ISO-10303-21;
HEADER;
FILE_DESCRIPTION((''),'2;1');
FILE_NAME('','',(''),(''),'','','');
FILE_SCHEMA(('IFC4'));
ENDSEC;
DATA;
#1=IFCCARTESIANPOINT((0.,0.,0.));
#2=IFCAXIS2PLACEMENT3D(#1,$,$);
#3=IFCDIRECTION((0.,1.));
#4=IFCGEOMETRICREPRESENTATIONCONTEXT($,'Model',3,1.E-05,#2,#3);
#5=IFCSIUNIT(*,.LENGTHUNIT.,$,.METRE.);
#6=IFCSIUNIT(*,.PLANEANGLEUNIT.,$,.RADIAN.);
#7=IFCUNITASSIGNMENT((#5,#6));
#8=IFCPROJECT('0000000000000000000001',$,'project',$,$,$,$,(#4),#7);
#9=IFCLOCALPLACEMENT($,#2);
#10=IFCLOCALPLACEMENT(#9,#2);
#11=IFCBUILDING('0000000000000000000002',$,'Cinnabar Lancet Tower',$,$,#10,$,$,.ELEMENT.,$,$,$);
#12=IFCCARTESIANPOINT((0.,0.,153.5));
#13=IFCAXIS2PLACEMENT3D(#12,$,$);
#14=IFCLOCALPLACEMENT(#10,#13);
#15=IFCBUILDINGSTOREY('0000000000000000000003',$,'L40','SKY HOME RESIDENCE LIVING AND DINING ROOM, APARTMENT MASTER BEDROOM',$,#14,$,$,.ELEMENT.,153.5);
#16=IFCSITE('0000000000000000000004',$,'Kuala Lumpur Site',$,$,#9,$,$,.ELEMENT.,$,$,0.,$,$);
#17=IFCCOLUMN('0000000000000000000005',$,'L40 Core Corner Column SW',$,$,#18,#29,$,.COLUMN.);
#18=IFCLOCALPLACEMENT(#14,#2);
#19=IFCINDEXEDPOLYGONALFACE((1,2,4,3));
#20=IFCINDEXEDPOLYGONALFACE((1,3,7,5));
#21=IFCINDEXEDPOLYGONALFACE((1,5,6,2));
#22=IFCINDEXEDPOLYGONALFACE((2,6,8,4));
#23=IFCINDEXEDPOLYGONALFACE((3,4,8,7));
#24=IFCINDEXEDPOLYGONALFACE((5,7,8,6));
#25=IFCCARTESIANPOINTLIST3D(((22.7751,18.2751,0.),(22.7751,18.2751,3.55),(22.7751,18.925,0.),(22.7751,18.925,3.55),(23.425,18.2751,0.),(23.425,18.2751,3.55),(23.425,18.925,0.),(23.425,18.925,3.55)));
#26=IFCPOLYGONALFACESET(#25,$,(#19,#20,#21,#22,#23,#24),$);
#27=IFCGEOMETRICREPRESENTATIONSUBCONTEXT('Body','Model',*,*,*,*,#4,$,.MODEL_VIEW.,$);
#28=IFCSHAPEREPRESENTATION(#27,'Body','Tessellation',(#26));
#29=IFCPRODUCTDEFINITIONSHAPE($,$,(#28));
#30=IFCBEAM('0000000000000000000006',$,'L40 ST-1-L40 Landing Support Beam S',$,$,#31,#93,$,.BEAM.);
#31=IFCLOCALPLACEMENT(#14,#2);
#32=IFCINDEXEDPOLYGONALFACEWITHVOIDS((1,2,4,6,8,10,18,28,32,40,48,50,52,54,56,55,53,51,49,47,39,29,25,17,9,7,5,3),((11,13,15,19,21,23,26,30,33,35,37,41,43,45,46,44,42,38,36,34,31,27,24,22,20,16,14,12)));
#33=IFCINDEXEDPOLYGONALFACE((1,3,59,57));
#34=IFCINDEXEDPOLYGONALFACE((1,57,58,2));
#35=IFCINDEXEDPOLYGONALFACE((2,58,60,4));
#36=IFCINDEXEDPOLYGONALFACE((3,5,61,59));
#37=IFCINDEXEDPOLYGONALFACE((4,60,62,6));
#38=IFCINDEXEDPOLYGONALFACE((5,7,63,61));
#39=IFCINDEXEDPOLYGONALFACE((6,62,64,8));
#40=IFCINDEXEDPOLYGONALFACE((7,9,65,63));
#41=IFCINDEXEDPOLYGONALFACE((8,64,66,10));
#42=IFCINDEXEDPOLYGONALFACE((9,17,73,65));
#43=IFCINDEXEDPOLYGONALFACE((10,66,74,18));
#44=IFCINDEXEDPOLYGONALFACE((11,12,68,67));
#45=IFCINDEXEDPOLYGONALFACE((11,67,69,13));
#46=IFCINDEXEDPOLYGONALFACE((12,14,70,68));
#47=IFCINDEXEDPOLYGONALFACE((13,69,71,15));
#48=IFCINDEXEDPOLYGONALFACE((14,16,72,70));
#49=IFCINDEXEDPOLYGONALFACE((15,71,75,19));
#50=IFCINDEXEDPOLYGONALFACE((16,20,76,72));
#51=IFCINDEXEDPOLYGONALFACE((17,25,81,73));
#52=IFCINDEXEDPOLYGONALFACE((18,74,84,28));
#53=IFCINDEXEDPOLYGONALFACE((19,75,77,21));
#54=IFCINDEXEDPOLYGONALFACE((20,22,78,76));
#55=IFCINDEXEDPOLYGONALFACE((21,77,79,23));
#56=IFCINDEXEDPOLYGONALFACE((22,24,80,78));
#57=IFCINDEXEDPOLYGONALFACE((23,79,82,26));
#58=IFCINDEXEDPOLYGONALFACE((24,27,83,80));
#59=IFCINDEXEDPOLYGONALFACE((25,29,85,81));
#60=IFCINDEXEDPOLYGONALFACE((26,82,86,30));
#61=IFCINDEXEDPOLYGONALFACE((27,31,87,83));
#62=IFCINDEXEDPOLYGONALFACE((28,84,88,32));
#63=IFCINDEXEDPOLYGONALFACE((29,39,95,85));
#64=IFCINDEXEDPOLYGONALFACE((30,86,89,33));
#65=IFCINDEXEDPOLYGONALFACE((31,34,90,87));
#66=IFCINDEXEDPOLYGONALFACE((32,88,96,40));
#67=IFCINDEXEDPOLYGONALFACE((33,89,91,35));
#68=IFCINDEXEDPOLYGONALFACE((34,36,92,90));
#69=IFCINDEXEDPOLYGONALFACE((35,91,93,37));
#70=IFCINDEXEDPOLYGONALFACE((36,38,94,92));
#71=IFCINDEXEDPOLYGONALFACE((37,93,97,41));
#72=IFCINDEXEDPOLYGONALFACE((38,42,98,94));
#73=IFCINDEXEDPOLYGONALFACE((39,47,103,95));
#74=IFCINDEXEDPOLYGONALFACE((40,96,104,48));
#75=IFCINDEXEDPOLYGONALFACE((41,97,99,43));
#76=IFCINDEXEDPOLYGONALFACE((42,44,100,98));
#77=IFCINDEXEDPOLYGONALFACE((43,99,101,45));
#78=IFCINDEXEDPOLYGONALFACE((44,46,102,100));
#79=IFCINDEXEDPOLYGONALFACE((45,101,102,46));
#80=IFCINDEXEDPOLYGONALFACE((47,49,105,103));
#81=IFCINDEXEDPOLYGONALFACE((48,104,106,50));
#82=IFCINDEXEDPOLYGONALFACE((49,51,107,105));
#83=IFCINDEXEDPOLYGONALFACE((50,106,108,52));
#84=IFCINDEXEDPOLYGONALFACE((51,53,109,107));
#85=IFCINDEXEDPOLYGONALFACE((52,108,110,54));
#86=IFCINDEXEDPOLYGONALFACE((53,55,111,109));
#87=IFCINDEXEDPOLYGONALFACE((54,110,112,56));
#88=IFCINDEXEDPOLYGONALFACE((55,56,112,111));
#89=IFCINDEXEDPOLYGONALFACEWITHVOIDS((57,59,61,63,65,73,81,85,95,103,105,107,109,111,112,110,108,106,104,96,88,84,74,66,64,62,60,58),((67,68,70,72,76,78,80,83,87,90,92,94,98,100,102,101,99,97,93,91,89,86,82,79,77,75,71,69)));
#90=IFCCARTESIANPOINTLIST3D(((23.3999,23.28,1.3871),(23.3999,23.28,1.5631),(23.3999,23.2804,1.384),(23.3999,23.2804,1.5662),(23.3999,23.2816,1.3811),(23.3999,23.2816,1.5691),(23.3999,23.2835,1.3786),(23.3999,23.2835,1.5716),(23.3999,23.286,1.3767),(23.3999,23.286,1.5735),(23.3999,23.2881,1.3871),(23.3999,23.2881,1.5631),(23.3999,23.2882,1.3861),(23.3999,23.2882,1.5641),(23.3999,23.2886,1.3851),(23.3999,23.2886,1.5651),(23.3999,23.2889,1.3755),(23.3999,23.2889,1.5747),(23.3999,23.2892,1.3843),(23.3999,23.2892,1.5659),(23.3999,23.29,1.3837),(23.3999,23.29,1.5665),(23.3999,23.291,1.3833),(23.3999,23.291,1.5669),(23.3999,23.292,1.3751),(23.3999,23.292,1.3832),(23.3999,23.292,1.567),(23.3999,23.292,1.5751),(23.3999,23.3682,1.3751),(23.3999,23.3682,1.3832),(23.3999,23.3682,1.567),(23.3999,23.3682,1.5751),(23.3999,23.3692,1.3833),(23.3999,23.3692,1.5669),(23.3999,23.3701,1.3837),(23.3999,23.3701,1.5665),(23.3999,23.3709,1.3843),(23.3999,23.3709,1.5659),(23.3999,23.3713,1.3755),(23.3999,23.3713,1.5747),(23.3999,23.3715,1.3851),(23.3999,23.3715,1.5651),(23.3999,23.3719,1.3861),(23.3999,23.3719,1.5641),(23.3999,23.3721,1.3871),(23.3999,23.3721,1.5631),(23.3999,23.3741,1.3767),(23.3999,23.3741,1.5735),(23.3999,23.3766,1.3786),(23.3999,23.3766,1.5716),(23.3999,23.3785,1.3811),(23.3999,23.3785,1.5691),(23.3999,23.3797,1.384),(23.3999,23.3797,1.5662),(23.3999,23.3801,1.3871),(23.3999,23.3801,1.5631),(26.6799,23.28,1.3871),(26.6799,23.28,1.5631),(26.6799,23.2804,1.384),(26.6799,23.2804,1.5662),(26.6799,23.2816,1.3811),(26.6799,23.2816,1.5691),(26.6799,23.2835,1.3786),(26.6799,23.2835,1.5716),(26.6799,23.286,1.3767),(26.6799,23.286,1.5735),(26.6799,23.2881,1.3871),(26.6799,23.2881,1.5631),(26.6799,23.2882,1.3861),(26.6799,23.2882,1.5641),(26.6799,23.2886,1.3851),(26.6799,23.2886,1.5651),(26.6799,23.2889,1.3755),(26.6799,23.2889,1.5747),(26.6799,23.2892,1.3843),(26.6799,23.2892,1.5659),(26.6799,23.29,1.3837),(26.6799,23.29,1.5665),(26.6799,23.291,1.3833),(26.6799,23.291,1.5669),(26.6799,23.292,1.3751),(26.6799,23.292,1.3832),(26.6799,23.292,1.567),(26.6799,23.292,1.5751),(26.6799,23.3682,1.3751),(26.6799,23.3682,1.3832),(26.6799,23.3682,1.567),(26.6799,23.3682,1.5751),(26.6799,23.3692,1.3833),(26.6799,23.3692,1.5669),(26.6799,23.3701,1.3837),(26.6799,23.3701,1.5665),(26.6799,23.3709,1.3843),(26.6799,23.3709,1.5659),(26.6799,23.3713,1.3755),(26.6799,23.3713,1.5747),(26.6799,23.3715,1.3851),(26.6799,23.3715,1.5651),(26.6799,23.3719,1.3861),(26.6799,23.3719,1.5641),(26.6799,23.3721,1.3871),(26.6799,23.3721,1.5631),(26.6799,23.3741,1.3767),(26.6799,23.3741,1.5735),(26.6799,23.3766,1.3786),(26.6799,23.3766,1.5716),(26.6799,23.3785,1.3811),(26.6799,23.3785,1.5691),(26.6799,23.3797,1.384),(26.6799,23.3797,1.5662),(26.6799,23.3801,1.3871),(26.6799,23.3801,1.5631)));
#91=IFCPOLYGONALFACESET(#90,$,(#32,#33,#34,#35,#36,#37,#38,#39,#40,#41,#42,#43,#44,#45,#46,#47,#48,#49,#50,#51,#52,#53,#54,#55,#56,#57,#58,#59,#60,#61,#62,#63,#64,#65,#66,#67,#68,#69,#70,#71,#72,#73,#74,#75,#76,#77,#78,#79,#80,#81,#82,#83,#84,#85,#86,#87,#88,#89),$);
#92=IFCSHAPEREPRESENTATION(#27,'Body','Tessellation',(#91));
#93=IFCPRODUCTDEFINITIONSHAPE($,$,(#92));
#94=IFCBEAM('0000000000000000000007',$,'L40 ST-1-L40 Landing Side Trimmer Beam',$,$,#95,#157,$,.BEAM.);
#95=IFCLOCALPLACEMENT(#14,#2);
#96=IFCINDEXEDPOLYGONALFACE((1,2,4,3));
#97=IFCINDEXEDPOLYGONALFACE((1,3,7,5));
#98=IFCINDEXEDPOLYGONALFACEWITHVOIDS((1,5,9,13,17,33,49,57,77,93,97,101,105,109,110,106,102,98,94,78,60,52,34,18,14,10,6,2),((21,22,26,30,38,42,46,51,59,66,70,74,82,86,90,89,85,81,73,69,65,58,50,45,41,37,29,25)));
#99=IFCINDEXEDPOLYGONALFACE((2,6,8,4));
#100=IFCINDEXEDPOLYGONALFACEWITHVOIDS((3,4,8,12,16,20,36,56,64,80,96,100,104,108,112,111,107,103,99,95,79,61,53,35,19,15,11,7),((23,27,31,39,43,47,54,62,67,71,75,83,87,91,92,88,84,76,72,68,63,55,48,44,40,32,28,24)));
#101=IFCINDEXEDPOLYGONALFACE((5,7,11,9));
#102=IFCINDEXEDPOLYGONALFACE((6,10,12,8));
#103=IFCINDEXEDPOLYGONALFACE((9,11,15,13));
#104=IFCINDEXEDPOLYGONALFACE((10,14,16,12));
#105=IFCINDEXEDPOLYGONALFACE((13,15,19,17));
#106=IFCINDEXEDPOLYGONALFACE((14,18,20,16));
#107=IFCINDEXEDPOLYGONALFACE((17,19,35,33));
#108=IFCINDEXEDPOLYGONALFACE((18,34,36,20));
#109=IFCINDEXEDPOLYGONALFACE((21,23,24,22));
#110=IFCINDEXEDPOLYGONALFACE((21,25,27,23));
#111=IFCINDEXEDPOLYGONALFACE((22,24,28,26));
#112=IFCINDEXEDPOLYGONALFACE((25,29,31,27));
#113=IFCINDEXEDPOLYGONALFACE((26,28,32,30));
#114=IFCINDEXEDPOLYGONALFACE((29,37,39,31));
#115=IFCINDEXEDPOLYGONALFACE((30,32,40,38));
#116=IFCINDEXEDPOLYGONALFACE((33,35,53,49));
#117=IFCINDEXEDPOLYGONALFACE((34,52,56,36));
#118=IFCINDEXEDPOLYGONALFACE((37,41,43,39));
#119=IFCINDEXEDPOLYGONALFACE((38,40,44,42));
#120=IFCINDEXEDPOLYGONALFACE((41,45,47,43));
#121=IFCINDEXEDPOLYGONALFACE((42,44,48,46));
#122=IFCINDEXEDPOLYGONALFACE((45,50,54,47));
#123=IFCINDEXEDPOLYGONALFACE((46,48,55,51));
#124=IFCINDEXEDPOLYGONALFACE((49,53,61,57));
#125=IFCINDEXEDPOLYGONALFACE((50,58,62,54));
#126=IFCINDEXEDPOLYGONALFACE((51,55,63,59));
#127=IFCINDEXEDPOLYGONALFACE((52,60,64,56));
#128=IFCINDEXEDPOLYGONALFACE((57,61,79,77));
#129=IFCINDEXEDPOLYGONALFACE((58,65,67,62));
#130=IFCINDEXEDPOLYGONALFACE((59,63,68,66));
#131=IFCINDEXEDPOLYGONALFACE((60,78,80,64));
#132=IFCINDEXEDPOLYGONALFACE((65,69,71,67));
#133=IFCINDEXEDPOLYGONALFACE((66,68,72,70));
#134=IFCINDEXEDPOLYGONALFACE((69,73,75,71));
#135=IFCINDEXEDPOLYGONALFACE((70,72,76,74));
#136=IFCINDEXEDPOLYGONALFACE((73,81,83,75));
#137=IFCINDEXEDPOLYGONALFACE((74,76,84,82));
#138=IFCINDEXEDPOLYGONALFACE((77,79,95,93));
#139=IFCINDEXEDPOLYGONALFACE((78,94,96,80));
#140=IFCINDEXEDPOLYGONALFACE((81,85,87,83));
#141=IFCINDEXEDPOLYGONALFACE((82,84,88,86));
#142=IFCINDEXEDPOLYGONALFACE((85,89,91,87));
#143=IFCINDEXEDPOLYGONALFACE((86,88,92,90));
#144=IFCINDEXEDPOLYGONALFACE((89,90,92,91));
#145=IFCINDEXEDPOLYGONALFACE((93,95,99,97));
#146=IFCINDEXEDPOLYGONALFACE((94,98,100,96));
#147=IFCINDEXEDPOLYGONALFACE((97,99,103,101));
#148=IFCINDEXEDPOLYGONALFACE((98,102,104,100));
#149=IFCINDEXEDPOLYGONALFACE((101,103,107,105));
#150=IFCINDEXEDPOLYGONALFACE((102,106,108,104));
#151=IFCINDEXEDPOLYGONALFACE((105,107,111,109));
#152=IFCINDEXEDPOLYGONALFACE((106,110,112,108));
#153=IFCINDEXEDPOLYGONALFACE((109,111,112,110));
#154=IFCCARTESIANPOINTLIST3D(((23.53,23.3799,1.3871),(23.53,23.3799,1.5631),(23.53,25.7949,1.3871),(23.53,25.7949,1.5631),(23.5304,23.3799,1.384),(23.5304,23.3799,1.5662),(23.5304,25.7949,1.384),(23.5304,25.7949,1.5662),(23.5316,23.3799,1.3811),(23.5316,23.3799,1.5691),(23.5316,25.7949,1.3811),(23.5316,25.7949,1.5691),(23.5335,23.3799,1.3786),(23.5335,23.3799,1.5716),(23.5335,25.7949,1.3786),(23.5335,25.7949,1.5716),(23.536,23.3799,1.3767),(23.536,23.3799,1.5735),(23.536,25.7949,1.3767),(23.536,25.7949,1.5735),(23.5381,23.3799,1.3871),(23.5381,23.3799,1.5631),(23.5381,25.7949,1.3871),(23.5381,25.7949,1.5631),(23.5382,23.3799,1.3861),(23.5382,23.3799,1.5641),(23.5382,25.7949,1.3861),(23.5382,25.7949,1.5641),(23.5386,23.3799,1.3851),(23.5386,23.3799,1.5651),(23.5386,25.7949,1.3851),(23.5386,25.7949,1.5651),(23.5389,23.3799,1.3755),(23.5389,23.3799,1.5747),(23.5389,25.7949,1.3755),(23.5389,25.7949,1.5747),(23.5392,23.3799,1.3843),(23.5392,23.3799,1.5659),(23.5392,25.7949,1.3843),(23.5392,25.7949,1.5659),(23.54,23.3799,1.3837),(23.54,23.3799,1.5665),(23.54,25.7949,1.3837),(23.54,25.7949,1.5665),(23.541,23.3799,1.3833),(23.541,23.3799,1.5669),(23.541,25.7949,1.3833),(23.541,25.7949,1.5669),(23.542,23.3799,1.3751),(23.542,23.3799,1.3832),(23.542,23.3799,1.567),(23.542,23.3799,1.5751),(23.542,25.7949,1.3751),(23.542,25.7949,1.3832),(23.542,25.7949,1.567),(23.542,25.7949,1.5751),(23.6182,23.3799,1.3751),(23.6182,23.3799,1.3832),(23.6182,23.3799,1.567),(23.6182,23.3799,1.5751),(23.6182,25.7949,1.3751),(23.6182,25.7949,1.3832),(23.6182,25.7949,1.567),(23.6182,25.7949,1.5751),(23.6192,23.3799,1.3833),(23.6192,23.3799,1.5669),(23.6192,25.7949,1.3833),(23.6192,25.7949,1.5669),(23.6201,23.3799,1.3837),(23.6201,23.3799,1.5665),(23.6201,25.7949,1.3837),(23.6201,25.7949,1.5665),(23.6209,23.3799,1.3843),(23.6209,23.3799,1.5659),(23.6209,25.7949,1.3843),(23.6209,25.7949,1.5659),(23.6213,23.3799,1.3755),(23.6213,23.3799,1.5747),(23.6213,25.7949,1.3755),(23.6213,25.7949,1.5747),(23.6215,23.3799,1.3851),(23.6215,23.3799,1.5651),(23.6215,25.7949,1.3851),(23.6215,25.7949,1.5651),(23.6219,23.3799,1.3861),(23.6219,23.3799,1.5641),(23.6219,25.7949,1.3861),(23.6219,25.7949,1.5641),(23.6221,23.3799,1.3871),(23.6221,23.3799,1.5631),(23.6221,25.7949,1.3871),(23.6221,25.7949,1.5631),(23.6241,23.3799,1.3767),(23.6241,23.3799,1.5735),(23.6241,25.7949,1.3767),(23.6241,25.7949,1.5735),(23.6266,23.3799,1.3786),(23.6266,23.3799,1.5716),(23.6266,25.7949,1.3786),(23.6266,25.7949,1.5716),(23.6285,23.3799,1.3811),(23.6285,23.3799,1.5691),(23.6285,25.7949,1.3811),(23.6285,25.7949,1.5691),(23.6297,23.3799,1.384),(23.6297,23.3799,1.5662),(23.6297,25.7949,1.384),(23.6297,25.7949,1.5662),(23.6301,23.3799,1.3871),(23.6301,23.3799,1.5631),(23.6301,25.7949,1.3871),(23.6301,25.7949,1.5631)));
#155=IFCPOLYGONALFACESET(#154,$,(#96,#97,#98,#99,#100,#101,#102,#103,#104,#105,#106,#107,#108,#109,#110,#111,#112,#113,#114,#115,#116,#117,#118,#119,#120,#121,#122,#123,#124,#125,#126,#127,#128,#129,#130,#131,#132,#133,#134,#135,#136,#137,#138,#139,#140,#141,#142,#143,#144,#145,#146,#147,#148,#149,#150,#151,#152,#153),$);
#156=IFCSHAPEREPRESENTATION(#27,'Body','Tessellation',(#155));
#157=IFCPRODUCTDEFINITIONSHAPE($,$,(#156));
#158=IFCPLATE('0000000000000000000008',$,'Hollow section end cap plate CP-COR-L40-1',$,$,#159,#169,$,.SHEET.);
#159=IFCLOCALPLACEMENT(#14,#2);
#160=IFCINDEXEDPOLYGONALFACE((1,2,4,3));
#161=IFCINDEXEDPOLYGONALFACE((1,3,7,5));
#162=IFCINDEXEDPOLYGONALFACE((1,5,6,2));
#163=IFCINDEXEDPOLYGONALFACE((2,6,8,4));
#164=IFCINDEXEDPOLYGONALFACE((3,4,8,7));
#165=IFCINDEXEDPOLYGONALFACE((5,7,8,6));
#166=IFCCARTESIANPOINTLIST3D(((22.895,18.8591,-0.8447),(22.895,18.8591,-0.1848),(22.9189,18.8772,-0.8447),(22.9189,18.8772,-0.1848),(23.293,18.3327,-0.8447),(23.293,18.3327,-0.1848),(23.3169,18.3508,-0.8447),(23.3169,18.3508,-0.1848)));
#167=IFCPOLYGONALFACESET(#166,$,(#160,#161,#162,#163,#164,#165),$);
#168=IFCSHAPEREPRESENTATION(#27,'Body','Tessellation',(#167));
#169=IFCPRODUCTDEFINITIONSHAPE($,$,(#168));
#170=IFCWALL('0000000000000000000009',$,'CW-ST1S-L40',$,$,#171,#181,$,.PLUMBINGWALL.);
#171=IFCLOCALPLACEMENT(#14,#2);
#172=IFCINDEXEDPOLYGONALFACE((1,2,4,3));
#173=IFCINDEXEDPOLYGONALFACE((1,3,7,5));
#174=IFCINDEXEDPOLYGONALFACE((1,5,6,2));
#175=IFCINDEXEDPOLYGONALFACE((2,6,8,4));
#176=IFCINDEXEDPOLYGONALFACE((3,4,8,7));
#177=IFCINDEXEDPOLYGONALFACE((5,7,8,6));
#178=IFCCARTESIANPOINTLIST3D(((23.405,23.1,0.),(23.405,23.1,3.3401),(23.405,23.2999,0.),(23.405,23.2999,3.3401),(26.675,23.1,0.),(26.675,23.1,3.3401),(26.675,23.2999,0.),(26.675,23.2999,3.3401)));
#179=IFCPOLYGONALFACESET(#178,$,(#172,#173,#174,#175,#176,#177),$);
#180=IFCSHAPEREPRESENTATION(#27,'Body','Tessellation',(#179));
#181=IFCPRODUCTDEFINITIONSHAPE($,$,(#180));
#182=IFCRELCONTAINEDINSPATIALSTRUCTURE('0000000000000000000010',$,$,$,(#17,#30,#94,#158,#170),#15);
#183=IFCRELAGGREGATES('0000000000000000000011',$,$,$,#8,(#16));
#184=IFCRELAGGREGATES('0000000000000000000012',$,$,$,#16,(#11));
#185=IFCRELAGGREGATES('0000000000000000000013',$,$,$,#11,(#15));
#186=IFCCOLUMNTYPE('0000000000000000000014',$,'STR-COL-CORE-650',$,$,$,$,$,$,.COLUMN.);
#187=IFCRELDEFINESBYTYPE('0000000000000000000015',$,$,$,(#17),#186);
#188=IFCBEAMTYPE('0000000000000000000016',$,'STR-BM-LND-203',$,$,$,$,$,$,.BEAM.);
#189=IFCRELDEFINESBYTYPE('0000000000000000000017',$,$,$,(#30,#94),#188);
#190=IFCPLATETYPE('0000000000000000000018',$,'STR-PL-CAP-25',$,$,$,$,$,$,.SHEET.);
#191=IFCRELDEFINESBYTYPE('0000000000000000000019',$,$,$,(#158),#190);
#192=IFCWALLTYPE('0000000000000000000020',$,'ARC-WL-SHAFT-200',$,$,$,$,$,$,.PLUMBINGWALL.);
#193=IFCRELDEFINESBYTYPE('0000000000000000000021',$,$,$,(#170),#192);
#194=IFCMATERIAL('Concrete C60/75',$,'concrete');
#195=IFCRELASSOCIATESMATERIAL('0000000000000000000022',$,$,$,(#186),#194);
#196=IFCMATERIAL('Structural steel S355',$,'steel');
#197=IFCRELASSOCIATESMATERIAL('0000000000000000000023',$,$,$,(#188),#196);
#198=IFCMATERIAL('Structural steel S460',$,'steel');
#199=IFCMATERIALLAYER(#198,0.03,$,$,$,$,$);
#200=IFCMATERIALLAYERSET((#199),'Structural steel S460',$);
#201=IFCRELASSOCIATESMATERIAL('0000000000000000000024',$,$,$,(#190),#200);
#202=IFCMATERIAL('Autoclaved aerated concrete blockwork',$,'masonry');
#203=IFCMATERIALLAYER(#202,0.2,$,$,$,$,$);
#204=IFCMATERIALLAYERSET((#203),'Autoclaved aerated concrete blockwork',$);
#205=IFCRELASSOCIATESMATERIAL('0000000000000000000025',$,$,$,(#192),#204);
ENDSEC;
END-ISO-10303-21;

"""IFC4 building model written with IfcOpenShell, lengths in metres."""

from ifc_helpers import new_model, si_unit, direction, frame, frame_2d, origin, origin_2d, place, context, subcontext, project, spatial, rectangle, hollow_rectangle, extrude, material, layer, layer_set, material_profile, profile_set, type_object, element, save


model = new_model("IFC4")

# Units and contexts
model_context = context("Model", 3, precision=1e-05, world=origin(), true_north=direction((0.0, 1.0)))
body_context = subcontext(model_context, "Body", "Model", "MODEL_VIEW")
ifc_project = project(units=[si_unit("LENGTHUNIT", "METRE"), si_unit("PLANEANGLEUNIT", "RADIAN")], contexts=[model_context])

# Site, building, storey
site_placement = place(None, origin())
site = spatial("IfcSite", under=ifc_project, at=site_placement, Name="Kuala Lumpur Site", CompositionType="ELEMENT", RefElevation=0.0)
building_placement = place(site_placement, origin())
building = spatial("IfcBuilding", under=site, at=building_placement, Name="Cinnabar Lancet Tower", CompositionType="ELEMENT")
storey_placement = place(building_placement, frame((0.0, 0.0, 153.5)))
storey = spatial("IfcBuildingStorey", under=building, at=storey_placement, Name="L40", Description="SKY HOME RESIDENCE LIVING AND DINING ROOM, APARTMENT MASTER BEDROOM", CompositionType="ELEMENT", Elevation=153.5)

# Column
ifc_material_1 = material(Name="Concrete C60/75", Category="concrete")
ifc_material_profile_1 = material_profile(ifc_material_1, rectangle(XDim=0.6499, YDim=0.6499, at=origin_2d()), Name="RC-COL 650x650")
ifc_profile_set_1 = profile_set([ifc_material_profile_1], Name="Concrete C60/75")
column_type = type_object("IfcColumnType", Name="STR-COL-CORE-650", PredefinedType="COLUMN", material=ifc_profile_set_1)
column_placement = place(storey_placement, frame((23.1001, 18.6001, 0.0), z_axis=(0.0, 0.0, 1.0), x_axis=(1.0, 0.0, 0.0)))
element("IfcColumn", 1, at=column_placement, inside=storey, type_object=column_type, Name="L40 Core Corner Column SW", PredefinedType="COLUMN", context=body_context, shape_type="SweptSolid", body=[
    extrude(rectangle(XDim=0.6499, YDim=0.6499, at=origin_2d()), origin(), (0.0, 0.0, 1.0), 3.55),
])

# Beams
ifc_material_2 = material(Name="Structural steel S355", Category="steel")
ifc_material_profile_2 = material_profile(ifc_material_2, hollow_rectangle(XDim=0.1001, YDim=0.2, WallThickness=0.0081, InnerFilletRadius=0.0039, OuterFilletRadius=0.012, at=origin_2d()), Name="RHS 200x100x8")
ifc_profile_set_2 = profile_set([ifc_material_profile_2], Name="Structural steel S355")
beam_type = type_object("IfcBeamType", Name="STR-BM-LND-203", PredefinedType="BEAM", material=ifc_profile_set_2)
beam_1_placement = place(storey_placement, frame((23.3999, 23.3301, 1.4751), z_axis=(1.0, 0.0, 0.0), x_axis=(0.0, 1.0, 0.0)))
element("IfcBeam", 2, at=beam_1_placement, inside=storey, type_object=beam_type, Name="L40 ST-1-L40 Landing Support Beam S", PredefinedType="BEAM", context=body_context, shape_type="SweptSolid", body=[
    extrude(hollow_rectangle(XDim=0.1001, YDim=0.2, WallThickness=0.0081, InnerFilletRadius=0.0039, OuterFilletRadius=0.012, at=origin_2d()), origin(), (0.0, 0.0, 1.0), 3.28),
])
beam_2_placement = place(storey_placement, frame((23.5801, 23.3799, 1.4751), z_axis=(0.0, 1.0, 0.0), x_axis=(-1.0, 0.0, 0.0)))
element("IfcBeam", 3, at=beam_2_placement, inside=storey, type_object=beam_type, Name="L40 ST-1-L40 Landing Side Trimmer Beam", PredefinedType="BEAM", context=body_context, shape_type="SweptSolid", body=[
    extrude(hollow_rectangle(XDim=0.1001, YDim=0.2, WallThickness=0.0081, InnerFilletRadius=0.0039, OuterFilletRadius=0.012, at=origin_2d()), origin(), (0.0, 0.0, 1.0), 2.415),
])

# Plate
ifc_material_3 = material(Name="Structural steel S460", Category="steel")
ifc_layer_1 = layer(ifc_material_3, 0.03)
ifc_layer_set_1 = layer_set([ifc_layer_1], Name="Structural steel S460")
plate_type = type_object("IfcPlateType", Name="STR-PL-CAP-25", PredefinedType="SHEET", material=ifc_layer_set_1)
plate_placement = place(storey_placement, frame((23.106, 18.605, -0.8447), z_axis=(0.0, 0.0, 1.0), x_axis=(0.797679, 0.603083, 0.0)))
element("IfcPlate", 4, at=plate_placement, inside=storey, type_object=plate_type, Name="Hollow section end cap plate CP-COR-L40-1", PredefinedType="SHEET", context=body_context, shape_type="SweptSolid", body=[
    extrude(rectangle(XDim=0.03, YDim=0.6599, at=origin_2d()), origin(), (0.0, 0.0, 1.0), 0.6599),
])

# Wall
ifc_material_4 = material(Name="Autoclaved aerated concrete blockwork", Category="masonry")
ifc_layer_2 = layer(ifc_material_4, 0.2)
ifc_layer_set_2 = layer_set([ifc_layer_2], Name="Autoclaved aerated concrete blockwork")
wall_type_1 = type_object("IfcWallType", Name="ARC-WL-SHAFT-200", PredefinedType="PLUMBINGWALL", material=ifc_layer_set_2)
wall_1_placement = place(storey_placement, frame((23.405, 23.2, 0.0), z_axis=(0.0, 0.0, 1.0), x_axis=(1.0, 0.0, 0.0)))
element("IfcWall", 5, at=wall_1_placement, inside=storey, type_object=wall_type_1, Name="CW-ST1S-L40", PredefinedType="PLUMBINGWALL", context=body_context, shape_type="SweptSolid", body=[
    extrude(rectangle(XDim=3.27, YDim=0.2, at=frame_2d((1.635, 0.0))), origin(), (0.0, 0.0, 1.0), 3.3401),
])

save(model, "model.ifc")
